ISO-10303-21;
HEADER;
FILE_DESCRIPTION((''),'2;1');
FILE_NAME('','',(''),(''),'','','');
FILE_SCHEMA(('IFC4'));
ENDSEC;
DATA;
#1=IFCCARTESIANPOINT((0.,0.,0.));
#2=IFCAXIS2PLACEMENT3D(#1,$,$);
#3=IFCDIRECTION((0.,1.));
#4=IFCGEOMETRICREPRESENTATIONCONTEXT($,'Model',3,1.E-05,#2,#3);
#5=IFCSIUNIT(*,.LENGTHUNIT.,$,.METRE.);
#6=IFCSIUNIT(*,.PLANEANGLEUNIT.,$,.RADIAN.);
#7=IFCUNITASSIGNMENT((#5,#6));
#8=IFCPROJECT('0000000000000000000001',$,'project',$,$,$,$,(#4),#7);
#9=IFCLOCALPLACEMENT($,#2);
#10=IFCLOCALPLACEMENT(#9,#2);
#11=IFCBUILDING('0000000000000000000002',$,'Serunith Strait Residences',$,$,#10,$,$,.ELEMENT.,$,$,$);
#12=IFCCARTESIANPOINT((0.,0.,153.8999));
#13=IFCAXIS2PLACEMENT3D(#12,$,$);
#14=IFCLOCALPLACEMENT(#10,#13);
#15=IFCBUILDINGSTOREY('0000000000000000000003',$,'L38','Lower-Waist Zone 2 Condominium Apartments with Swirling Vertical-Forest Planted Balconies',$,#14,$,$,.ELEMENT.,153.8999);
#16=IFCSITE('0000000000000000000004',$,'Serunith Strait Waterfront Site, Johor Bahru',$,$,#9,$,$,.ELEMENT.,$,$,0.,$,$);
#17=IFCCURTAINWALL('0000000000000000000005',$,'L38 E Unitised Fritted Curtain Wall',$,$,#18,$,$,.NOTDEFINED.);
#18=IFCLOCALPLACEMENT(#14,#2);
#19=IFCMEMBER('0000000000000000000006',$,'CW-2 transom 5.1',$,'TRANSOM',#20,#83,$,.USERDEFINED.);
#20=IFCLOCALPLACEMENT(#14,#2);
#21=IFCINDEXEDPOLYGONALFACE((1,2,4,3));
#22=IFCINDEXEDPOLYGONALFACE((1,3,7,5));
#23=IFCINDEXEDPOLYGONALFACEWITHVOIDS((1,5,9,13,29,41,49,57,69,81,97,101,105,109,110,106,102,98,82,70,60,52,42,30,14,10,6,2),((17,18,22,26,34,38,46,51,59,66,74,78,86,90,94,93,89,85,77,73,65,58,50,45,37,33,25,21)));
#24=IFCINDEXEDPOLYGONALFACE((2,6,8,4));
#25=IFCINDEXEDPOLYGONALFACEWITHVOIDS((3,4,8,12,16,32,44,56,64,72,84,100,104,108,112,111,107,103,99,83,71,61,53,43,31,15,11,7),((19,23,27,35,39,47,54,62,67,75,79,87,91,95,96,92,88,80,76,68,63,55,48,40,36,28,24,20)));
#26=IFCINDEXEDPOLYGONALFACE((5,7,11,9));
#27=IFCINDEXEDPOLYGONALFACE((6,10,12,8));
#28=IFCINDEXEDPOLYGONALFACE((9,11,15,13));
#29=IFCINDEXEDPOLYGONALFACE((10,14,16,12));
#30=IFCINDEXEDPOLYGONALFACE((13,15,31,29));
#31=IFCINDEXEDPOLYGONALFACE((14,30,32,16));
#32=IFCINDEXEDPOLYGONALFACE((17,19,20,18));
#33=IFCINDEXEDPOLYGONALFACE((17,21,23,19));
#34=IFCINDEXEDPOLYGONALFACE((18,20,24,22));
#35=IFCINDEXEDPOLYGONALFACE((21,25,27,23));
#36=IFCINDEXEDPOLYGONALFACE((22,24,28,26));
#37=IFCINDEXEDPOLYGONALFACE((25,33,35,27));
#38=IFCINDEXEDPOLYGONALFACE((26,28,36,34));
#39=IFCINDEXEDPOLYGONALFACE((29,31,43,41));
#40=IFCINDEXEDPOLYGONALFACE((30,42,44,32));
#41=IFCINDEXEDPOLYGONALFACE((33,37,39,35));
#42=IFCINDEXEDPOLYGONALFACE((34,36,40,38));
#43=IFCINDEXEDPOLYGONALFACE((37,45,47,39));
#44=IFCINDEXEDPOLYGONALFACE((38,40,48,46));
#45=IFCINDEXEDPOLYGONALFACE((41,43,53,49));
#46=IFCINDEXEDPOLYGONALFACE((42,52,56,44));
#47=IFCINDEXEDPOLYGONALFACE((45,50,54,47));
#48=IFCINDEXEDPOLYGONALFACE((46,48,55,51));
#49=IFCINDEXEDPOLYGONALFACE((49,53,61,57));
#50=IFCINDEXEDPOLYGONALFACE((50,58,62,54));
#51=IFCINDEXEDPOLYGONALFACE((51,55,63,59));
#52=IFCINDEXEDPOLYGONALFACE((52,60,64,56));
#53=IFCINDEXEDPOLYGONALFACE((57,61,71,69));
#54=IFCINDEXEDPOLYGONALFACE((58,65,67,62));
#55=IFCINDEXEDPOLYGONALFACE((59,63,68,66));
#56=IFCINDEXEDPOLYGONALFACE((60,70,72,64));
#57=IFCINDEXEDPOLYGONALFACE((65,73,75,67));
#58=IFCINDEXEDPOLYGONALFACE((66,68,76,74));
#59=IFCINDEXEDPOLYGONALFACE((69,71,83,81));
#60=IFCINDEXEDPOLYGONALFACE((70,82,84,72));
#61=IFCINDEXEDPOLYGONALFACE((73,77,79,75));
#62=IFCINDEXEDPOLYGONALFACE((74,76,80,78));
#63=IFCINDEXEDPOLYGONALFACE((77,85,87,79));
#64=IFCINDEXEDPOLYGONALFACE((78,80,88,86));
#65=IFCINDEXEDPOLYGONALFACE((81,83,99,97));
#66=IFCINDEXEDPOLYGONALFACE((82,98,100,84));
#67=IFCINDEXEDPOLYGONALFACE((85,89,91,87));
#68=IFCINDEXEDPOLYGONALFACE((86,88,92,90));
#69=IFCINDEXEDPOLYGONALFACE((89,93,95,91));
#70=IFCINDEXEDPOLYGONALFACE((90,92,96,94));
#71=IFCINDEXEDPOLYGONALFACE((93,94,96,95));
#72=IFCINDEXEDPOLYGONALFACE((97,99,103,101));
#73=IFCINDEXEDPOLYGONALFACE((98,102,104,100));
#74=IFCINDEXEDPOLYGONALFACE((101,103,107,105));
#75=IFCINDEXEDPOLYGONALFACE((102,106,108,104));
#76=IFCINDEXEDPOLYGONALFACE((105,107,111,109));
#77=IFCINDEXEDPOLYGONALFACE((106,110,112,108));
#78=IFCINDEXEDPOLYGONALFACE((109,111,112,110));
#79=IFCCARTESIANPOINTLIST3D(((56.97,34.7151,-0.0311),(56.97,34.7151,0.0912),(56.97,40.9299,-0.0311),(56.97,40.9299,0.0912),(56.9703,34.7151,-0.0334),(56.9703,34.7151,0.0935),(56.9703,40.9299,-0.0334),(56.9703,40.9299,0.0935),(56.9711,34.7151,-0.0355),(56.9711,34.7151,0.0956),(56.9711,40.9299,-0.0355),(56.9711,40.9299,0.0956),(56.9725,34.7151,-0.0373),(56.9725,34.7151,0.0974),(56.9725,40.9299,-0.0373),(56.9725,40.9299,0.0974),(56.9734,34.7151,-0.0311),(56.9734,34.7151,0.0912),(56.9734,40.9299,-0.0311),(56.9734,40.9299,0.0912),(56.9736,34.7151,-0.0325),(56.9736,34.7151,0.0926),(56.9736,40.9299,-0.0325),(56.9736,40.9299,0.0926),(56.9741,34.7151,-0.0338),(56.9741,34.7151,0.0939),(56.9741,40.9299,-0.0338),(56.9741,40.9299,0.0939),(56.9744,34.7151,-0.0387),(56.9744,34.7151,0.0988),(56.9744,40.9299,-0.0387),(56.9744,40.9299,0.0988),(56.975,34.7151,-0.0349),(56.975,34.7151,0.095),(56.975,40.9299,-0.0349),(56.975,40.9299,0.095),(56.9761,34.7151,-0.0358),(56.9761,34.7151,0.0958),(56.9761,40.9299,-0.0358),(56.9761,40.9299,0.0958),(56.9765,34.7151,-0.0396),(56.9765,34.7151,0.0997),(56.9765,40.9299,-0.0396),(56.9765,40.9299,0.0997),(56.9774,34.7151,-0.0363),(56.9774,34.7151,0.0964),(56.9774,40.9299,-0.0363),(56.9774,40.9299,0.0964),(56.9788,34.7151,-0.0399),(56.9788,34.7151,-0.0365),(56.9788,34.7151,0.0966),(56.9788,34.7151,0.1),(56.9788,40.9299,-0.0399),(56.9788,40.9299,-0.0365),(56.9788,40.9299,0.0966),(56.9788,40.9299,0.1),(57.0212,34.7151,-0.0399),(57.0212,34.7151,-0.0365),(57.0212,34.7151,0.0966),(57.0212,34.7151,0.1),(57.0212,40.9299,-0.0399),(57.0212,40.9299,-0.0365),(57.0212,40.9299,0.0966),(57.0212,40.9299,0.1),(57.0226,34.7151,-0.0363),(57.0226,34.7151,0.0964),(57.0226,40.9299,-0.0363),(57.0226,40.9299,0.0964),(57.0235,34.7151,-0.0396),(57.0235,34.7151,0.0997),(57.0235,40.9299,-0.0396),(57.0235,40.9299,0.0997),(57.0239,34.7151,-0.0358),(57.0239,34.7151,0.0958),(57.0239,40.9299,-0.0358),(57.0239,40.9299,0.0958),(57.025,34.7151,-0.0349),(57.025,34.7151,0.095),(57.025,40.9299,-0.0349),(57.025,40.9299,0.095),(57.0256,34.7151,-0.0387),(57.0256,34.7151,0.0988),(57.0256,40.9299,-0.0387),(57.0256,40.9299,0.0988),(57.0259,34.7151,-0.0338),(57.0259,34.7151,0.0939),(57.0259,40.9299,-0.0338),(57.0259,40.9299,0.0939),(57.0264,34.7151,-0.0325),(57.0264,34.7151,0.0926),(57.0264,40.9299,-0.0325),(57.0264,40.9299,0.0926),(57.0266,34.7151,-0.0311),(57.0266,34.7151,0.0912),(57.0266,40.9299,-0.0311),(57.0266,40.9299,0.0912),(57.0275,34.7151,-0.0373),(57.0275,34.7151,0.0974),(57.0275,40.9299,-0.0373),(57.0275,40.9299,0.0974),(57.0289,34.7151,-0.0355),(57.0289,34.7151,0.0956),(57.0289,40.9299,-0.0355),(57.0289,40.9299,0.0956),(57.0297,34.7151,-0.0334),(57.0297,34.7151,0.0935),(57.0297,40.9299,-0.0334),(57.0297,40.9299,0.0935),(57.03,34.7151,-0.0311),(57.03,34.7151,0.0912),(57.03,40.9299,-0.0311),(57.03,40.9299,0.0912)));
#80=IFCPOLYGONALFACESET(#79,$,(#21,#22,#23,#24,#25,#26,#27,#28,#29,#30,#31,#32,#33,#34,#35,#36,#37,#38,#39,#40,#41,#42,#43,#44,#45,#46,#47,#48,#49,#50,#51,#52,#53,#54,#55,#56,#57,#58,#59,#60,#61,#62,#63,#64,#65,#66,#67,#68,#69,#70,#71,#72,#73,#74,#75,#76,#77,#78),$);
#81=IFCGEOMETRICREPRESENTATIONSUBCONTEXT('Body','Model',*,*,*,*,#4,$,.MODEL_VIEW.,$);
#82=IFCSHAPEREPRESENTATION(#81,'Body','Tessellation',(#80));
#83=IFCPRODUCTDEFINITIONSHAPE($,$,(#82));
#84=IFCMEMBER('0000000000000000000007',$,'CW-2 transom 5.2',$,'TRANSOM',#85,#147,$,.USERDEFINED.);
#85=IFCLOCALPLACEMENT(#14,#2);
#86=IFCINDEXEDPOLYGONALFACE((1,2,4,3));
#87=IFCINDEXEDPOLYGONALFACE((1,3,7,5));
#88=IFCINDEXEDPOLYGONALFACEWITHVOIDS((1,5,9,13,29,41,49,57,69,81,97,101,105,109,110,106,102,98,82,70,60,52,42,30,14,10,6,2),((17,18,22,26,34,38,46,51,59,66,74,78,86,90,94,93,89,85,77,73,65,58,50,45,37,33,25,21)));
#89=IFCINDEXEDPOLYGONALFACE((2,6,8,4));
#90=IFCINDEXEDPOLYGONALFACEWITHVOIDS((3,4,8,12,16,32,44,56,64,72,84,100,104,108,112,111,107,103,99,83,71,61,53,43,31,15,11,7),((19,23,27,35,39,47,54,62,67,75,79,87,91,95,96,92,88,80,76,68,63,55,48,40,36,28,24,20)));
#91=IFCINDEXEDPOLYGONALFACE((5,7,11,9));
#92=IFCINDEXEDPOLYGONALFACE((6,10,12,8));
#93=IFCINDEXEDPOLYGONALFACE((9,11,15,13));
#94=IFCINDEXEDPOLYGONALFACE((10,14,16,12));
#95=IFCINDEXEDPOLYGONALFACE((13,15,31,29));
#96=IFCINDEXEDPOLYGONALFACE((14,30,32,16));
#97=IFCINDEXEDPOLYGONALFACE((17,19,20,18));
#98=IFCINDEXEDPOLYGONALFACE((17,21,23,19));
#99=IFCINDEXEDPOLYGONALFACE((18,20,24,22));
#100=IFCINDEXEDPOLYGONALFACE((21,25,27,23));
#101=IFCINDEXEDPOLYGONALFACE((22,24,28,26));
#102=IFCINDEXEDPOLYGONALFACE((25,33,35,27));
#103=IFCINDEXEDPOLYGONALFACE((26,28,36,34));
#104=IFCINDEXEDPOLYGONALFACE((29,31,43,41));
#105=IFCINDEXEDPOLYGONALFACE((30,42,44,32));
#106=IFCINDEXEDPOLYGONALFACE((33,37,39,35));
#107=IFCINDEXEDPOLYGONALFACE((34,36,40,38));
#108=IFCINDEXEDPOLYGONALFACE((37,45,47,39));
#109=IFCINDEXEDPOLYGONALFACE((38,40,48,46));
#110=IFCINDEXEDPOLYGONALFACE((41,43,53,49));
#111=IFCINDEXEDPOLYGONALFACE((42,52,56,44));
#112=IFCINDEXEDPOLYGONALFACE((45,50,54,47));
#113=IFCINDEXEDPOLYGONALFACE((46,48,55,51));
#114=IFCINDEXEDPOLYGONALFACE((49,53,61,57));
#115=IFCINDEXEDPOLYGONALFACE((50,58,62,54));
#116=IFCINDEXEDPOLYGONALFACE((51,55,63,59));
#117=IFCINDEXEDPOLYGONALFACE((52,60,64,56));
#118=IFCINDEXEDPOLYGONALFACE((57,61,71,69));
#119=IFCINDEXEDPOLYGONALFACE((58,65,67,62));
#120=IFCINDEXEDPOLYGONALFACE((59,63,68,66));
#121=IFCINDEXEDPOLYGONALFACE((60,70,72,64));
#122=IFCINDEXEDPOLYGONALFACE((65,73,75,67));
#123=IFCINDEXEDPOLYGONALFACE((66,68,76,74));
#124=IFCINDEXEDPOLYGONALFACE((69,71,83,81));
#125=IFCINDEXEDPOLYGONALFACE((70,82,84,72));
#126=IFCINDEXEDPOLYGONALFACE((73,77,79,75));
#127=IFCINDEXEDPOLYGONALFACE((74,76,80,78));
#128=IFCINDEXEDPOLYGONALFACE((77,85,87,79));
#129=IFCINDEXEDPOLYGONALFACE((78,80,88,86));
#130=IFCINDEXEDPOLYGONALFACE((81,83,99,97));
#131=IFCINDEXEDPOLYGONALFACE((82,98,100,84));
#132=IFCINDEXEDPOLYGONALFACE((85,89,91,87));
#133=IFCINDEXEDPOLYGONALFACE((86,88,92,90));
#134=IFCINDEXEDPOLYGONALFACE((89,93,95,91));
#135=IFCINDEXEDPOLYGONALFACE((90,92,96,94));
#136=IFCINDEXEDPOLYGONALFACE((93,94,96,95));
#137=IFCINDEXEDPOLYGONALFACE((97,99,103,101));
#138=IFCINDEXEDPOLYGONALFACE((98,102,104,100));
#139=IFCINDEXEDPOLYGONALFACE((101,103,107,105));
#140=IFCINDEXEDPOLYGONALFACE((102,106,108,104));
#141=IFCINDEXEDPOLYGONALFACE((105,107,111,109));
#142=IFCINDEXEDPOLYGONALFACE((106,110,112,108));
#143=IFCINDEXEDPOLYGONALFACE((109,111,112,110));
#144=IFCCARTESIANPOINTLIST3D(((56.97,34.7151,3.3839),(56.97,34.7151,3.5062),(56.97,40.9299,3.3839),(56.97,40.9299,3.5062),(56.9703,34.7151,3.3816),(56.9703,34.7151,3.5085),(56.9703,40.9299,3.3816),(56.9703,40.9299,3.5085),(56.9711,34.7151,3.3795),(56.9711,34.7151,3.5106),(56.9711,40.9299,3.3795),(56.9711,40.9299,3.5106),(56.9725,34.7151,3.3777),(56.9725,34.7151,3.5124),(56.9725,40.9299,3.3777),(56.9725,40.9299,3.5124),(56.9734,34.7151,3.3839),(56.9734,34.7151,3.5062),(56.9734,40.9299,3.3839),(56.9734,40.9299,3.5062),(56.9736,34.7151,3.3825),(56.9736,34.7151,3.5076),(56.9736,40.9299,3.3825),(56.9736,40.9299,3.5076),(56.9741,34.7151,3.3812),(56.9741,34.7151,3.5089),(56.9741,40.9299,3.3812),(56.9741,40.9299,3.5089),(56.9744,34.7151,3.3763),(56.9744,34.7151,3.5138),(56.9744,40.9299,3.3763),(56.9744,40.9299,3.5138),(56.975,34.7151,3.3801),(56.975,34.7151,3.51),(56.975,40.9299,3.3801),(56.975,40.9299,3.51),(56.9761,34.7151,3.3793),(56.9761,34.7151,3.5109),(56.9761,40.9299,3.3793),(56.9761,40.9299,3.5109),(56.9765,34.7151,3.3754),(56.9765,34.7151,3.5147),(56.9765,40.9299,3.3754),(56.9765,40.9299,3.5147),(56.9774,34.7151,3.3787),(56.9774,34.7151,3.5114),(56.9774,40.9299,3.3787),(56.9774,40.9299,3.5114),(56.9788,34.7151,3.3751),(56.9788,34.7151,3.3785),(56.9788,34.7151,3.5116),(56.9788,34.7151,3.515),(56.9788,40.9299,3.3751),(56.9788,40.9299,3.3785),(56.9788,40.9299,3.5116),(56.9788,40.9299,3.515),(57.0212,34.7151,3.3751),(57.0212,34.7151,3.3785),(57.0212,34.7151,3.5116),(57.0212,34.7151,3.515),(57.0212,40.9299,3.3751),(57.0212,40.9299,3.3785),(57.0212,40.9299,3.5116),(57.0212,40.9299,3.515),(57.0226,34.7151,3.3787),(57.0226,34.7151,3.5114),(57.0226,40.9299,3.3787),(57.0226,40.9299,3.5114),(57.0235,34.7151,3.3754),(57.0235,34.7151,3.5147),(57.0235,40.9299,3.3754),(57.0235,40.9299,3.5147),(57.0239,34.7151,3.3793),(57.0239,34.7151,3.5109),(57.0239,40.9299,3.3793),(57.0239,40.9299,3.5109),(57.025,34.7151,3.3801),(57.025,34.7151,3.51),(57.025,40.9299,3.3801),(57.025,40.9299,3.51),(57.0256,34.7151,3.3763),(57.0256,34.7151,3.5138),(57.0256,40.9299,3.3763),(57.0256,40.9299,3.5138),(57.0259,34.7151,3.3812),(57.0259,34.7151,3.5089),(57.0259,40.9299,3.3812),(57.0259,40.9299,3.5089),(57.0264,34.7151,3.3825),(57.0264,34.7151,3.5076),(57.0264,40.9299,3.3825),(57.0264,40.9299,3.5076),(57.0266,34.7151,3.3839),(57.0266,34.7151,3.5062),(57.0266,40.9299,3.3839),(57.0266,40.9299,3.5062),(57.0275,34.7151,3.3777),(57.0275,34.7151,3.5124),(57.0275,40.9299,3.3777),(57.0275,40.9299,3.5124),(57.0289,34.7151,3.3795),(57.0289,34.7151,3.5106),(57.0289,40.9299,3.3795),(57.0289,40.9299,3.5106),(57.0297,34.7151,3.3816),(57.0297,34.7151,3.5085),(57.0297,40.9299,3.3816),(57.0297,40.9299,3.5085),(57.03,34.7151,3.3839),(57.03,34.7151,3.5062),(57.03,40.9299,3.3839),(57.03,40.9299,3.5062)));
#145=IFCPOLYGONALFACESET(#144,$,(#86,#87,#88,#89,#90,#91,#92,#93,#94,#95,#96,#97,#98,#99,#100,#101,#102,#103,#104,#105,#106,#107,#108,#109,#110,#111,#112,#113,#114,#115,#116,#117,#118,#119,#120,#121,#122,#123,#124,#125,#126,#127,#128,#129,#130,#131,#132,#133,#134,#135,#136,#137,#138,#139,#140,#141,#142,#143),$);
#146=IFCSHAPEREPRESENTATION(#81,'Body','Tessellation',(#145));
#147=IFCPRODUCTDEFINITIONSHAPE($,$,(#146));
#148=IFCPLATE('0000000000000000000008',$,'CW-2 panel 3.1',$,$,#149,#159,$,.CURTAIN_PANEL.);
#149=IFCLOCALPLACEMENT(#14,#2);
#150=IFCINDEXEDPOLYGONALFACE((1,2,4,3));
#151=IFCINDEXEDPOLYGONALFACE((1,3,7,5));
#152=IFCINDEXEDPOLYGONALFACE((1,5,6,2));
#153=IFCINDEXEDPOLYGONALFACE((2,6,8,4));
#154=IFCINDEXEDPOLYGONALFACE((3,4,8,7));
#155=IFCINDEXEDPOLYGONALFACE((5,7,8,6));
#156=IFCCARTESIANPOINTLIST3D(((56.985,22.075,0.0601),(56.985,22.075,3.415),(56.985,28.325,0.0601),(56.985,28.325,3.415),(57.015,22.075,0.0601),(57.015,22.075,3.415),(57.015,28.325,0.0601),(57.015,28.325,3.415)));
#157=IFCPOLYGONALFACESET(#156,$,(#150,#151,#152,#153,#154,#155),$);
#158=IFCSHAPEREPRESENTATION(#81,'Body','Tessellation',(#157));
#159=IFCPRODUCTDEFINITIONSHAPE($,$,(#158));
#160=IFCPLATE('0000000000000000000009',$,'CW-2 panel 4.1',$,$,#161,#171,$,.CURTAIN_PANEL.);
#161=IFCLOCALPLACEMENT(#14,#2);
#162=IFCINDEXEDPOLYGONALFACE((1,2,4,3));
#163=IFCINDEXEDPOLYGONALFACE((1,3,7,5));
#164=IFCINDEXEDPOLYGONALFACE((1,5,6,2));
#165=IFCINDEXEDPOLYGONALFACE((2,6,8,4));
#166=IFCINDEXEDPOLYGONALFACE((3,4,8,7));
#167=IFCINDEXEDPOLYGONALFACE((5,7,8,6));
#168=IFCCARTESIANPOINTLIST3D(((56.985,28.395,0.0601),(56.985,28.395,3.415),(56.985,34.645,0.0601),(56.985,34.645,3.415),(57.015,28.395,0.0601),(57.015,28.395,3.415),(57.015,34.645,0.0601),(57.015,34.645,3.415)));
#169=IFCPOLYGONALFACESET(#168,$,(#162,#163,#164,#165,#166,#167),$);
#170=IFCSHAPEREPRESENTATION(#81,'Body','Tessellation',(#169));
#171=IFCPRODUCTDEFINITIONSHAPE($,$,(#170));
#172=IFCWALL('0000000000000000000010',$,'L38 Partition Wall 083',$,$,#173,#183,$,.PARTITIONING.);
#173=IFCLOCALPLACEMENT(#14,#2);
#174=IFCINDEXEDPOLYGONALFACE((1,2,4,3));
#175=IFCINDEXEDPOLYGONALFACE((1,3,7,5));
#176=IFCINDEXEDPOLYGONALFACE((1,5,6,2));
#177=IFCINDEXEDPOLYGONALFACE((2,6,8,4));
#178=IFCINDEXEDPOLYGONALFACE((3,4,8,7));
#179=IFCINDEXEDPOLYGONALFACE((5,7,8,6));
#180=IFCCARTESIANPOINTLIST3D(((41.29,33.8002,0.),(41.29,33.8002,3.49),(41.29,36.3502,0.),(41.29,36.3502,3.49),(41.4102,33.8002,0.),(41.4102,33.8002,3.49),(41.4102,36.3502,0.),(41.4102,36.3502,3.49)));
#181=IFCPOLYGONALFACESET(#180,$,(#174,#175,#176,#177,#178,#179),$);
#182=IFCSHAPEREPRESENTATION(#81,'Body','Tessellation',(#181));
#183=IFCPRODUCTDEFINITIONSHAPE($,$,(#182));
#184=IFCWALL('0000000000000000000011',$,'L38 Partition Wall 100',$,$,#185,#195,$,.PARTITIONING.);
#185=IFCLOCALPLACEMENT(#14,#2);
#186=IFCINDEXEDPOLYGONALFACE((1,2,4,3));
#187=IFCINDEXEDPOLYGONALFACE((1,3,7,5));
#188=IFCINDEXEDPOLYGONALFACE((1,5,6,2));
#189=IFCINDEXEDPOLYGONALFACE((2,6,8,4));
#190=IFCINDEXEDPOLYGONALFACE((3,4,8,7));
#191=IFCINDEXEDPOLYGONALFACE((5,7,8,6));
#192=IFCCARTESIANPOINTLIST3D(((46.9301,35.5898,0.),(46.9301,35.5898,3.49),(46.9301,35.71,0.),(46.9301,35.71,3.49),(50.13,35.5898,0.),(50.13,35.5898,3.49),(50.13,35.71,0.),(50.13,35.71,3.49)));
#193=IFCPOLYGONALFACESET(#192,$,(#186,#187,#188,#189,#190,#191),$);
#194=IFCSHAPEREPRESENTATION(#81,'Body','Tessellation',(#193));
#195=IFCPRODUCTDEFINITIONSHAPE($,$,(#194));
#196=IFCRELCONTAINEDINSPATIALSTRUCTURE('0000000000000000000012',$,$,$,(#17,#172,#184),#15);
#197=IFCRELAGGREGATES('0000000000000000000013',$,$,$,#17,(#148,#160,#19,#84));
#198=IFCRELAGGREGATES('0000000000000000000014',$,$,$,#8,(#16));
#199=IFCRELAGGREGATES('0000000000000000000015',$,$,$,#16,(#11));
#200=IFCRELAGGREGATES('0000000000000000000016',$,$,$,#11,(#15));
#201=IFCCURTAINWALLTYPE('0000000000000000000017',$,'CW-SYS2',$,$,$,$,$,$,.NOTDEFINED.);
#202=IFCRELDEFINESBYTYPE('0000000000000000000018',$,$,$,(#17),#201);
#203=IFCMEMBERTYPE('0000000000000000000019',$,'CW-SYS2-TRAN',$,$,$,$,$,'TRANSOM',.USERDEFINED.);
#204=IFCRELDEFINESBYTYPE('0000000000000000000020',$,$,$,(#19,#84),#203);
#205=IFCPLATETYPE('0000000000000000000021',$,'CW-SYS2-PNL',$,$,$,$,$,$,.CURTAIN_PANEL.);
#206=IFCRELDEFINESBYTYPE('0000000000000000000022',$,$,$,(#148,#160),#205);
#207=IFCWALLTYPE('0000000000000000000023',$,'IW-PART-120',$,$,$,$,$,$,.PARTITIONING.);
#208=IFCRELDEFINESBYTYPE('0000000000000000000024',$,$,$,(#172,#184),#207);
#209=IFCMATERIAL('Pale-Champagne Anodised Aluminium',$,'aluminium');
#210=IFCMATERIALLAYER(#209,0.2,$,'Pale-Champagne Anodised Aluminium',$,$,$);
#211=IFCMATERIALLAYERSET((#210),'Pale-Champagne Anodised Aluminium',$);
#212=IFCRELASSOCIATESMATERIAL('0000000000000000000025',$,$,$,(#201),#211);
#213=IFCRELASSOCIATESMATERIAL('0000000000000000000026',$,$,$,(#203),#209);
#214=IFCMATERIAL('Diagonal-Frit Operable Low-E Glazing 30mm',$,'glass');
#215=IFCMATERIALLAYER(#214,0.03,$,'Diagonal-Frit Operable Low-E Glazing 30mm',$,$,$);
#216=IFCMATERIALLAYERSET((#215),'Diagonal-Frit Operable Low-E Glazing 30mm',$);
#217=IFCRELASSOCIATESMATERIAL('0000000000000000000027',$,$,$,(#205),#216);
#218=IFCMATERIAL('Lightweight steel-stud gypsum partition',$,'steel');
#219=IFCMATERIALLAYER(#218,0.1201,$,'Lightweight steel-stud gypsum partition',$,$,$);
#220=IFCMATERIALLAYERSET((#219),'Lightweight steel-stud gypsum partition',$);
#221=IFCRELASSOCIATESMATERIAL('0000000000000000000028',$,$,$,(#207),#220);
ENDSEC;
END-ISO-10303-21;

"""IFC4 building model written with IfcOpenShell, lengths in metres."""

from ifc_helpers import new_model, si_unit, direction, frame, frame_2d, origin, origin_2d, place, context, subcontext, project, spatial, rectangle, hollow_rectangle, extrude, source, transform, mapped, material, layer, layer_set, material_profile, profile_set, type_object, element, aggregate, save


model = new_model("IFC4")

# Units and contexts
model_context = context("Model", 3, precision=1e-05, world=origin(), true_north=direction((0.0, 1.0)))
body_context = subcontext(model_context, "Body", "Model", "MODEL_VIEW")
ifc_project = project(units=[si_unit("LENGTHUNIT", "METRE"), si_unit("PLANEANGLEUNIT", "RADIAN")], contexts=[model_context])

# Site, building, storey
site_placement = place(None, origin())
site = spatial("IfcSite", under=ifc_project, at=site_placement, Name="Serunith Strait Waterfront Site, Johor Bahru", CompositionType="ELEMENT", RefElevation=0.0)
building_placement = place(site_placement, origin())
building = spatial("IfcBuilding", under=site, at=building_placement, Name="Serunith Strait Residences", CompositionType="ELEMENT")
storey_placement = place(building_placement, frame((0.0, 0.0, 153.8999)))
storey = spatial("IfcBuildingStorey", under=building, at=storey_placement, Name="L38", Description="Lower-Waist Zone 2 Condominium Apartments with Swirling Vertical-Forest Planted Balconies", CompositionType="ELEMENT", Elevation=153.8999)

# Curtain wall, members, plates
ifc_material_1 = material(Name="Pale-Champagne Anodised Aluminium", Category="aluminium")
ifc_layer_1 = layer(ifc_material_1, 0.2, Name="Pale-Champagne Anodised Aluminium")
ifc_layer_set_1 = layer_set([ifc_layer_1], Name="Pale-Champagne Anodised Aluminium")
curtain_wall_type = type_object("IfcCurtainWallType", Name="CW-SYS2", PredefinedType="NOTDEFINED", material=ifc_layer_set_1)
curtain_wall_placement = place(storey_placement, origin())
curtain_wall = element("IfcCurtainWall", 1, at=curtain_wall_placement, inside=storey, type_object=curtain_wall_type, Name="L38 E Unitised Fritted Curtain Wall", PredefinedType="NOTDEFINED")
ifc_material_profile_1 = material_profile(ifc_material_1, hollow_rectangle(XDim=0.0601, YDim=0.1399, WallThickness=0.0034, InnerFilletRadius=0.0054, OuterFilletRadius=0.0088, at=origin_2d()), Name="ALU 140x60x3.5")
ifc_profile_set_1 = profile_set([ifc_material_profile_1], Name="Pale-Champagne Anodised Aluminium")
member_type_1 = type_object("IfcMemberType", Name="CW-SYS2-TRAN", ElementType="TRANSOM", PredefinedType="USERDEFINED", material=ifc_profile_set_1)
shared_shape_1 = source(origin(), body_context, "Body", "SweptSolid", [
    extrude(hollow_rectangle(XDim=0.0601, YDim=0.1399, WallThickness=0.0034, InnerFilletRadius=0.0054, OuterFilletRadius=0.0088, at=origin_2d()), origin(), (0.0, 0.0, 1.0), 6.2148),
])
member_1_placement = place(storey_placement, frame((57.0, 34.7151, 0.03), z_axis=(0.0, 1.0, 0.0), x_axis=(-1.0, 0.0, 0.0)))
member_1 = element("IfcMember", 2, at=member_1_placement, type_object=member_type_1, Name="CW-2 transom 5.1", ObjectType="TRANSOM", PredefinedType="USERDEFINED", context=body_context, shape_type="MappedRepresentation", body=[
    mapped(shared_shape_1, transform((0.0, 0.0, 0.0), scale=1.0)),
])
member_2_placement = place(storey_placement, frame((57.0, 34.7151, 3.4451), z_axis=(0.0, 1.0, 0.0), x_axis=(-1.0, 0.0, 0.0)))
member_2 = element("IfcMember", 3, at=member_2_placement, type_object=member_type_1, Name="CW-2 transom 5.2", ObjectType="TRANSOM", PredefinedType="USERDEFINED", context=body_context, shape_type="MappedRepresentation", body=[
    mapped(shared_shape_1, transform((0.0, 0.0, 0.0), scale=1.0)),
])
ifc_material_2 = material(Name="Diagonal-Frit Operable Low-E Glazing 30mm", Category="glass")
ifc_layer_2 = layer(ifc_material_2, 0.03, Name="Diagonal-Frit Operable Low-E Glazing 30mm")
ifc_layer_set_2 = layer_set([ifc_layer_2], Name="Diagonal-Frit Operable Low-E Glazing 30mm")
plate_type = type_object("IfcPlateType", Name="CW-SYS2-PNL", PredefinedType="CURTAIN_PANEL", material=ifc_layer_set_2)
shared_shape_2 = source(origin(), body_context, "Body", "SweptSolid", [
    extrude(rectangle(XDim=6.25, YDim=0.03, at=origin_2d()), origin(), (0.0, 0.0, 1.0), 3.355),
])
plate_1_placement = place(storey_placement, frame((57.0, 25.2, 0.0601), z_axis=(0.0, 0.0, 1.0), x_axis=(0.0, 1.0, 0.0)))
plate_1 = element("IfcPlate", 4, at=plate_1_placement, type_object=plate_type, Name="CW-2 panel 3.1", PredefinedType="CURTAIN_PANEL", context=body_context, shape_type="MappedRepresentation", body=[
    mapped(shared_shape_2, transform((0.0, 0.0, 0.0), scale=1.0)),
])
plate_2_placement = place(storey_placement, frame((57.0, 31.52, 0.0601), z_axis=(0.0, 0.0, 1.0), x_axis=(0.0, 1.0, 0.0)))
plate_2 = element("IfcPlate", 5, at=plate_2_placement, type_object=plate_type, Name="CW-2 panel 4.1", PredefinedType="CURTAIN_PANEL", context=body_context, shape_type="MappedRepresentation", body=[
    mapped(shared_shape_2, transform((0.0, 0.0, 0.0), scale=1.0)),
])
aggregate(curtain_wall, [plate_1, plate_2, member_1, member_2])

# Walls
ifc_material_3 = material(Name="Lightweight steel-stud gypsum partition", Category="steel")
ifc_layer_3 = layer(ifc_material_3, 0.1201, Name="Lightweight steel-stud gypsum partition")
ifc_layer_set_3 = layer_set([ifc_layer_3], Name="Lightweight steel-stud gypsum partition")
wall_type_1 = type_object("IfcWallType", Name="IW-PART-120", PredefinedType="PARTITIONING", material=ifc_layer_set_3)
wall_1_placement = place(storey_placement, frame((41.3501, 36.3501, 0.0), z_axis=(0.0, 0.0, 1.0), x_axis=(0.0, -1.0, 0.0)))
element("IfcWall", 6, at=wall_1_placement, inside=storey, type_object=wall_type_1, Name="L38 Partition Wall 083", PredefinedType="PARTITIONING", context=body_context, shape_type="SweptSolid", body=[
    extrude(rectangle(XDim=2.55, YDim=0.1201, at=frame_2d((1.2749, 0.0))), origin(), (0.0, 0.0, 1.0), 3.49),
])
wall_2_placement = place(storey_placement, frame((46.9299, 35.6499, 0.0), z_axis=(0.0, 0.0, 1.0), x_axis=(1.0, 0.0, 0.0)))
element("IfcWall", 7, at=wall_2_placement, inside=storey, type_object=wall_type_1, Name="L38 Partition Wall 100", PredefinedType="PARTITIONING", context=body_context, shape_type="SweptSolid", body=[
    extrude(rectangle(XDim=3.2, YDim=0.1201, at=frame_2d((1.6001, 0.0))), origin(), (0.0, 0.0, 1.0), 3.49),
])

save(model, "model.ifc")
